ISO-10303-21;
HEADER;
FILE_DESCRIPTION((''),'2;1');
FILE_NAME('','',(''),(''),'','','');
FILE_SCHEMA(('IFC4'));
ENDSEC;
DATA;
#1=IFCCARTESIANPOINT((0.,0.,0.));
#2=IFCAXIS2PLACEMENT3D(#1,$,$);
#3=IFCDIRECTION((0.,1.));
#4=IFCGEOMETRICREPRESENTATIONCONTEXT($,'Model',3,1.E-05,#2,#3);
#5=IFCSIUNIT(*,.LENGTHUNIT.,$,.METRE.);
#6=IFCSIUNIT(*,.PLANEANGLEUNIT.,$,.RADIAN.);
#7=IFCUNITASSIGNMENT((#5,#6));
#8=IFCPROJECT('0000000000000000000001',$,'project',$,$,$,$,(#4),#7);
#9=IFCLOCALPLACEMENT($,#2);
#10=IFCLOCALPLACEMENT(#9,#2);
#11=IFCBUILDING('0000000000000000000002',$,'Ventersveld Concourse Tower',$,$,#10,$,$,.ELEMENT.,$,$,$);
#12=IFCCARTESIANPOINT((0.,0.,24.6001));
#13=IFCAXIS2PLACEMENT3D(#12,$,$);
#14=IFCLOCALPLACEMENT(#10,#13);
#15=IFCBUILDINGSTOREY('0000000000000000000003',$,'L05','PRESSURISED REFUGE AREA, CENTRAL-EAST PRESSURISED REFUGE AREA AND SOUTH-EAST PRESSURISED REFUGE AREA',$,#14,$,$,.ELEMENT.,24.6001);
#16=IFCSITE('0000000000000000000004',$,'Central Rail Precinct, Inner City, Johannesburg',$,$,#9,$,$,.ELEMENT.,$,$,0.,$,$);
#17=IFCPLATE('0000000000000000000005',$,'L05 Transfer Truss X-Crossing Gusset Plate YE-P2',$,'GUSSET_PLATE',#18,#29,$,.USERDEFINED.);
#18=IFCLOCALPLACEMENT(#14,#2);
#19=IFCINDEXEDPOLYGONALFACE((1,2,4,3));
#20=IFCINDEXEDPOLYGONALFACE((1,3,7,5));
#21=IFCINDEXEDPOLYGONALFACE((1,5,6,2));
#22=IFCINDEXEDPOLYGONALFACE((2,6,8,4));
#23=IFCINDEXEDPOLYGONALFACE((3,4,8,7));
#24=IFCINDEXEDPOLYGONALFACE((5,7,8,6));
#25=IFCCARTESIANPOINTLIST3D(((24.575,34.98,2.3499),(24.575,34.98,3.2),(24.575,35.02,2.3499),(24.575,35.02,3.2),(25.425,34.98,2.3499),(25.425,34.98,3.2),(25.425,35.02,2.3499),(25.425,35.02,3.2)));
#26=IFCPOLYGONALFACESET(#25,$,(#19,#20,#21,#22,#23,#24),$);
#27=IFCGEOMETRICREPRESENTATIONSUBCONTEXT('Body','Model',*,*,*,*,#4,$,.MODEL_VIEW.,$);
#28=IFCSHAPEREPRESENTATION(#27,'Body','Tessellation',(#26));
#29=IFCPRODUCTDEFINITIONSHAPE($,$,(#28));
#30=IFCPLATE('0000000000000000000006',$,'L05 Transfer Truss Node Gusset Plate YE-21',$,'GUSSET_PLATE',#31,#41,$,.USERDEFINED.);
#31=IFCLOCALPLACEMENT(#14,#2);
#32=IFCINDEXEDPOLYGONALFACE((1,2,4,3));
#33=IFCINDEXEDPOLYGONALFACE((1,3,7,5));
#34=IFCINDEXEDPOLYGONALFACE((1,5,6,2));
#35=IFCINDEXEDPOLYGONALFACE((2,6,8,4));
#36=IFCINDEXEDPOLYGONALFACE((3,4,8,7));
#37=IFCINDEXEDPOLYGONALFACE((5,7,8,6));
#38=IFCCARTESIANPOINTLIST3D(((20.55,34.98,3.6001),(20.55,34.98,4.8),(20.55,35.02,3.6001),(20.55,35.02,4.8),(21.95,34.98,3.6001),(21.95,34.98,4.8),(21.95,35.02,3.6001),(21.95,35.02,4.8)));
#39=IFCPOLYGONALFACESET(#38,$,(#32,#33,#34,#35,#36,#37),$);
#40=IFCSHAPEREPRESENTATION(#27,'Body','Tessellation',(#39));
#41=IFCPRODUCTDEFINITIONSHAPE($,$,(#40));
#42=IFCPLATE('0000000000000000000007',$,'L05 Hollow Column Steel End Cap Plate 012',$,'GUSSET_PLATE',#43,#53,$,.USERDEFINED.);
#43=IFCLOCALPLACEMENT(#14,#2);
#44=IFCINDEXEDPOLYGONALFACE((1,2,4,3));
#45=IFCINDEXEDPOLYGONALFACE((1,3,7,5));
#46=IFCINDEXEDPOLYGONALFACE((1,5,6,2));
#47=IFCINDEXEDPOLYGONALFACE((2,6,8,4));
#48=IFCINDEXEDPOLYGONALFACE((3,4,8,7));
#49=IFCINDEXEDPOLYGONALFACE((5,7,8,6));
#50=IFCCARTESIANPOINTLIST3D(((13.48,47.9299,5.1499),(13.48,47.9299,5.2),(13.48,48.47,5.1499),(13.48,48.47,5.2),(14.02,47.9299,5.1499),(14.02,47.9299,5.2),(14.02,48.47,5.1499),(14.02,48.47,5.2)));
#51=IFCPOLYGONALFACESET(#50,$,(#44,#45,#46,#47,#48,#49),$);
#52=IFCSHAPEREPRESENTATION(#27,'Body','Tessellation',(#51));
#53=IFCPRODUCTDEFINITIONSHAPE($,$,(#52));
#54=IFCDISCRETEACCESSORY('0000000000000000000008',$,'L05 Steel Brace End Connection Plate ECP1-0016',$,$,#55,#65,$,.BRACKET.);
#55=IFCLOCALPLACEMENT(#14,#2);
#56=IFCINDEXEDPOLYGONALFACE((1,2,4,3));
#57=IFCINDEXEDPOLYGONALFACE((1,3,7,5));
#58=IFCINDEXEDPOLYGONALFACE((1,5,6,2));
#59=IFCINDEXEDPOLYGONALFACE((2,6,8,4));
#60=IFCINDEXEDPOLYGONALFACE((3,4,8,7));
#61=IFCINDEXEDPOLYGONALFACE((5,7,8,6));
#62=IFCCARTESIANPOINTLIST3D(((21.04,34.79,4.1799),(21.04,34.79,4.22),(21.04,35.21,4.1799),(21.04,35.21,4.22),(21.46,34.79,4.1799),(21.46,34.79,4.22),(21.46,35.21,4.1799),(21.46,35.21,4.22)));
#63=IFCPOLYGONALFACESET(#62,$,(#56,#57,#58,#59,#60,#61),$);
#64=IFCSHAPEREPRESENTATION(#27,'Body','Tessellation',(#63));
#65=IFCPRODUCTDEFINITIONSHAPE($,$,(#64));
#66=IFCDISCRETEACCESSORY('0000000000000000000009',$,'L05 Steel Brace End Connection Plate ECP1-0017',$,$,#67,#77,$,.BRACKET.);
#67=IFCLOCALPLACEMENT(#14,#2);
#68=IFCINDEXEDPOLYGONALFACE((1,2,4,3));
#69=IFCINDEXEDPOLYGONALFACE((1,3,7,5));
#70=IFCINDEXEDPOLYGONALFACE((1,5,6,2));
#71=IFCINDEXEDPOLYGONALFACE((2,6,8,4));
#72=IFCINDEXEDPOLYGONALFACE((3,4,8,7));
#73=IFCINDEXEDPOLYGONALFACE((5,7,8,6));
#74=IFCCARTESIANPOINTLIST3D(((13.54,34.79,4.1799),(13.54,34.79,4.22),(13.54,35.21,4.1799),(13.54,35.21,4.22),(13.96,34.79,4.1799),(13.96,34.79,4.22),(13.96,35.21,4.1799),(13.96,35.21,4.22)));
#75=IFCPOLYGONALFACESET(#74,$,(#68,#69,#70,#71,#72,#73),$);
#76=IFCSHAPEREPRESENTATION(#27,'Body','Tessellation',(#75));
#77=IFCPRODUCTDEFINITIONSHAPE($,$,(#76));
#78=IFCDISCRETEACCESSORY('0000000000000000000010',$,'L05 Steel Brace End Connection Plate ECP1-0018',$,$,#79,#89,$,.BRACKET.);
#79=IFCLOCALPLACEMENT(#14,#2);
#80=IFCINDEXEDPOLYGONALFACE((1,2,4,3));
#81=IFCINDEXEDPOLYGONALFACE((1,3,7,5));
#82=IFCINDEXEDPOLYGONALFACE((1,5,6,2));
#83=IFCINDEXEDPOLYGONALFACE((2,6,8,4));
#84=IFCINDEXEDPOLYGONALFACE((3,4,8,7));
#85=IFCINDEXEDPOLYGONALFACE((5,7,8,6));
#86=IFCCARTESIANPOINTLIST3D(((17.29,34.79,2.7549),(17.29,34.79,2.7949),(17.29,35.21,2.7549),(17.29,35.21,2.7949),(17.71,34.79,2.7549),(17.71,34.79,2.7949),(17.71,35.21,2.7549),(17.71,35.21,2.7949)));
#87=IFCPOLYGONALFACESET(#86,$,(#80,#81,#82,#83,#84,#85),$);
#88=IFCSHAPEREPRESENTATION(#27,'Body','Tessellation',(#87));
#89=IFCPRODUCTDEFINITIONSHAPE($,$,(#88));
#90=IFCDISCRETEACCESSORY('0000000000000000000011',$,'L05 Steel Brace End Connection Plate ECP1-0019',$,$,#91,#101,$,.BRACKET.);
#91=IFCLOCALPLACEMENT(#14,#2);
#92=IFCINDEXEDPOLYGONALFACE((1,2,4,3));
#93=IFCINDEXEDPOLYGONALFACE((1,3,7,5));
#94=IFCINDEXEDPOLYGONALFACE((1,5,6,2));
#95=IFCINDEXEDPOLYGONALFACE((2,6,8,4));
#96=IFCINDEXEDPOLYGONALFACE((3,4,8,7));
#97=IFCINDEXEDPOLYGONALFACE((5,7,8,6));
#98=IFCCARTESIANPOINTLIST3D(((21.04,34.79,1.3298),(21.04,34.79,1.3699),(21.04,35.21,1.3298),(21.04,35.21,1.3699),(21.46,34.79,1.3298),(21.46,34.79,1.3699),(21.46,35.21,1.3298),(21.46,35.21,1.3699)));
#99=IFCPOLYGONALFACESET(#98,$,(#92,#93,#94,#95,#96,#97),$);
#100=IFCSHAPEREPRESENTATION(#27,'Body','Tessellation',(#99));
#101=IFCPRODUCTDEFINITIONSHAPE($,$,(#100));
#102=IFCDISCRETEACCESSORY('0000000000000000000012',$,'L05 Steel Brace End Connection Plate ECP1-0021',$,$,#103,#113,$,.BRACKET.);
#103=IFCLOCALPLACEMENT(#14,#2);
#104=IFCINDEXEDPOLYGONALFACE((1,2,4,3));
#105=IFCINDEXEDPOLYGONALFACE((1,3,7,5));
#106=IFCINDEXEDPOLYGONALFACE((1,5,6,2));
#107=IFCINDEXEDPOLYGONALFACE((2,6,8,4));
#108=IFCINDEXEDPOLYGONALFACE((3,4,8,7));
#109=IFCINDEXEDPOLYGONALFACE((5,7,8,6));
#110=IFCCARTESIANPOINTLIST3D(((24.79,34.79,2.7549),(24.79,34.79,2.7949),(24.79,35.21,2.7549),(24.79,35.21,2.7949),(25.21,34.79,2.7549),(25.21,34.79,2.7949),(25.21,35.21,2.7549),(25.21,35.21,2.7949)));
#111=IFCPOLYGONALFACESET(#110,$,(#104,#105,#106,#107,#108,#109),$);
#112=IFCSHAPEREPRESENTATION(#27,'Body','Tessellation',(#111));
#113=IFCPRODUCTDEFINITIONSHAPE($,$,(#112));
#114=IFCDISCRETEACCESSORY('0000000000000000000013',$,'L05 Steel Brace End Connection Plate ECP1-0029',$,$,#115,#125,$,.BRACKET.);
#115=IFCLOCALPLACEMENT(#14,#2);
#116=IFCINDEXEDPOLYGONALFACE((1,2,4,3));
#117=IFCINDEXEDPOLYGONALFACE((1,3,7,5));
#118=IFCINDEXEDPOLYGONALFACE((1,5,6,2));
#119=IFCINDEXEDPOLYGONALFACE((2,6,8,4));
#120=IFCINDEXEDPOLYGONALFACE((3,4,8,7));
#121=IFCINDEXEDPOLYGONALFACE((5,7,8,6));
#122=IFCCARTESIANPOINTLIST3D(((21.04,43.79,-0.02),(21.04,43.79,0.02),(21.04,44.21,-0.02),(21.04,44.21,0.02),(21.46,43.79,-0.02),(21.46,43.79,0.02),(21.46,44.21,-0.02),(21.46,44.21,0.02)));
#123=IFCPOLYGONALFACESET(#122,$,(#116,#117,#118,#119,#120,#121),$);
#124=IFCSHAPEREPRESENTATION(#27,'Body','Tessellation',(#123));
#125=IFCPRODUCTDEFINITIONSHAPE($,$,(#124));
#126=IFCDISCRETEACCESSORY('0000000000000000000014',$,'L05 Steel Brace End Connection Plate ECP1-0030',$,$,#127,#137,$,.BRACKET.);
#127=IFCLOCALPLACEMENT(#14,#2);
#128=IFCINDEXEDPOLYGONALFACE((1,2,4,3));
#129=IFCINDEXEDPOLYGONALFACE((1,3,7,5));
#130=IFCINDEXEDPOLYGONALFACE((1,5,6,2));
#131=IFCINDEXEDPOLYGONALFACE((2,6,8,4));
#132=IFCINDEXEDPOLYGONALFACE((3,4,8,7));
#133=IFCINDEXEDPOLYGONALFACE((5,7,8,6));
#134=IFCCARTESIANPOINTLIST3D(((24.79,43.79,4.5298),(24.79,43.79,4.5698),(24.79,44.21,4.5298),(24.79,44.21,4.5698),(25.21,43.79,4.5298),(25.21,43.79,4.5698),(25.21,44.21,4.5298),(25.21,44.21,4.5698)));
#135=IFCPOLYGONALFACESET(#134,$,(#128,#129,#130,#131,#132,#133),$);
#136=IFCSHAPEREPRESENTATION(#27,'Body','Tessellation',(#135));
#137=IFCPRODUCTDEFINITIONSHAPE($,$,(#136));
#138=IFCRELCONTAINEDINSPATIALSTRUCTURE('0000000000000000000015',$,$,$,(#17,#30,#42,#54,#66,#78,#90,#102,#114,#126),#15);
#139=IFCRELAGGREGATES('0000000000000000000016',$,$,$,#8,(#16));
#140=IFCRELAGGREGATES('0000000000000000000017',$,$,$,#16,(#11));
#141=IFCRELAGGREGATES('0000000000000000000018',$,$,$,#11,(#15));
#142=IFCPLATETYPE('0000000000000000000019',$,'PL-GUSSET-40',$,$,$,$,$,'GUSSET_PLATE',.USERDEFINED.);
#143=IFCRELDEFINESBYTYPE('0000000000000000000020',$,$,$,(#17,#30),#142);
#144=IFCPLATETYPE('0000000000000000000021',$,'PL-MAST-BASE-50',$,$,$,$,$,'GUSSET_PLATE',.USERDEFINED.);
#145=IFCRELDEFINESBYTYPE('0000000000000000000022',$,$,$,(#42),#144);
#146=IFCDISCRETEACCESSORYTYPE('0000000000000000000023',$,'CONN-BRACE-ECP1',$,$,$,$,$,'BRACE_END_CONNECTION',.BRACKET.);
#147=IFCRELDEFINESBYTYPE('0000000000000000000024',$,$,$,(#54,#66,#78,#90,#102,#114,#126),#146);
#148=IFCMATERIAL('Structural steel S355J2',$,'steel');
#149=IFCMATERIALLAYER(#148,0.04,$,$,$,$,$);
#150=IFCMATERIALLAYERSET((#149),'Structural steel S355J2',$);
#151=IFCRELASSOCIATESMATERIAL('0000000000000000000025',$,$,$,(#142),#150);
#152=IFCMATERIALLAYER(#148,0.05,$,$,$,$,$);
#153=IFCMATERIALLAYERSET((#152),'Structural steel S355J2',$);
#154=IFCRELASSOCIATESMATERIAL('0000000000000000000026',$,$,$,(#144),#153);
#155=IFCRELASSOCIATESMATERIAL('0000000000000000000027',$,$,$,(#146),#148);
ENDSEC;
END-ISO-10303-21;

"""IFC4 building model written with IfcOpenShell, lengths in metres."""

from ifc_helpers import new_model, si_unit, direction, frame, origin, origin_2d, place, context, subcontext, project, spatial, rectangle, extrude, material, layer, layer_set, type_object, element, save


model = new_model("IFC4")

# Units and contexts
model_context = context("Model", 3, precision=1e-05, world=origin(), true_north=direction((0.0, 1.0)))
body_context = subcontext(model_context, "Body", "Model", "MODEL_VIEW")
ifc_project = project(units=[si_unit("LENGTHUNIT", "METRE"), si_unit("PLANEANGLEUNIT", "RADIAN")], contexts=[model_context])

# Site, building, storey
site_placement = place(None, origin())
site = spatial("IfcSite", under=ifc_project, at=site_placement, Name="Central Rail Precinct, Inner City, Johannesburg", CompositionType="ELEMENT", RefElevation=0.0)
building_placement = place(site_placement, origin())
building = spatial("IfcBuilding", under=site, at=building_placement, Name="Ventersveld Concourse Tower", CompositionType="ELEMENT")
storey_placement = place(building_placement, frame((0.0, 0.0, 24.6001)))
storey = spatial("IfcBuildingStorey", under=building, at=storey_placement, Name="L05", Description="PRESSURISED REFUGE AREA, CENTRAL-EAST PRESSURISED REFUGE AREA AND SOUTH-EAST PRESSURISED REFUGE AREA", CompositionType="ELEMENT", Elevation=24.6001)

# Shared definitions
ifc_material_1 = material(Name="Structural steel S355J2", Category="steel")

# Plates
ifc_layer_1 = layer(ifc_material_1, 0.04)
ifc_layer_set_1 = layer_set([ifc_layer_1], Name="Structural steel S355J2")
plate_type_1 = type_object("IfcPlateType", Name="PL-GUSSET-40", ElementType="GUSSET_PLATE", PredefinedType="USERDEFINED", material=ifc_layer_set_1)
for number, where, z_axis, x_axis, name in (
    (1, (25.0, 35.0, 2.3499), (0.0, 0.0, 1.0), (1.0, 0.0, 0.0), "L05 Transfer Truss X-Crossing Gusset Plate YE-P2"),
):
    element("IfcPlate", number, at=place(storey_placement, frame(where, z_axis=z_axis, x_axis=x_axis)), inside=storey, type_object=plate_type_1, Name=name, ObjectType="GUSSET_PLATE", PredefinedType="USERDEFINED", context=body_context, shape_type="SweptSolid", body=[
        extrude(rectangle(XDim=0.8501, YDim=0.04, at=origin_2d()), origin(), (0.0, 0.0, 1.0), 0.8501),
    ])
plate_1_placement = place(storey_placement, frame((21.25, 35.0, 3.6001), z_axis=(0.0, 0.0, 1.0), x_axis=(1.0, 0.0, 0.0)))
element("IfcPlate", 2, at=plate_1_placement, inside=storey, type_object=plate_type_1, Name="L05 Transfer Truss Node Gusset Plate YE-21", ObjectType="GUSSET_PLATE", PredefinedType="USERDEFINED", context=body_context, shape_type="SweptSolid", body=[
    extrude(rectangle(XDim=1.3999, YDim=0.04, at=origin_2d()), origin(), (0.0, 0.0, 1.0), 1.2),
])
ifc_layer_2 = layer(ifc_material_1, 0.05)
ifc_layer_set_2 = layer_set([ifc_layer_2], Name="Structural steel S355J2")
plate_type_2 = type_object("IfcPlateType", Name="PL-MAST-BASE-50", ElementType="GUSSET_PLATE", PredefinedType="USERDEFINED", material=ifc_layer_set_2)
plate_2_placement = place(storey_placement, frame((13.75, 48.2, 5.1499), z_axis=(0.0, 0.0, 1.0), x_axis=(1.0, 0.0, 0.0)))
element("IfcPlate", 3, at=plate_2_placement, inside=storey, type_object=plate_type_2, Name="L05 Hollow Column Steel End Cap Plate 012", ObjectType="GUSSET_PLATE", PredefinedType="USERDEFINED", context=body_context, shape_type="SweptSolid", body=[
    extrude(rectangle(XDim=0.54, YDim=0.54, at=origin_2d()), origin(), (0.0, 0.0, 1.0), 0.05),
])

# Discrete accessories
discrete_accessory_type = type_object("IfcDiscreteAccessoryType", Name="CONN-BRACE-ECP1", ElementType="BRACE_END_CONNECTION", PredefinedType="BRACKET", material=ifc_material_1)
for number, where, z_axis, x_axis, name in (
    (4, (21.25, 35.0, 4.1799), (0.0, 0.0, 1.0), (1.0, 0.0, 0.0), "L05 Steel Brace End Connection Plate ECP1-0016"),
    (5, (13.75, 35.0, 4.1799), (0.0, 0.0, 1.0), (1.0, 0.0, 0.0), "L05 Steel Brace End Connection Plate ECP1-0017"),
    (6, (17.5, 35.0, 2.7549), (0.0, 0.0, 1.0), (1.0, 0.0, 0.0), "L05 Steel Brace End Connection Plate ECP1-0018"),
    (7, (21.25, 35.0, 1.3298), (0.0, 0.0, 1.0), (1.0, 0.0, 0.0), "L05 Steel Brace End Connection Plate ECP1-0019"),
    (8, (25.0, 35.0, 2.7549), (0.0, 0.0, 1.0), (1.0, 0.0, 0.0), "L05 Steel Brace End Connection Plate ECP1-0021"),
    (9, (21.25, 44.0, -0.02), (0.0, 0.0, 1.0), (1.0, 0.0, 0.0), "L05 Steel Brace End Connection Plate ECP1-0029"),
    (10, (25.0, 44.0, 4.5298), (0.0, 0.0, 1.0), (1.0, 0.0, 0.0), "L05 Steel Brace End Connection Plate ECP1-0030"),
):
    element("IfcDiscreteAccessory", number, at=place(storey_placement, frame(where, z_axis=z_axis, x_axis=x_axis)), inside=storey, type_object=discrete_accessory_type, Name=name, PredefinedType="BRACKET", context=body_context, shape_type="SweptSolid", body=[
        extrude(rectangle(XDim=0.4199, YDim=0.4199, at=origin_2d()), origin(), (0.0, 0.0, 1.0), 0.04),
    ])

save(model, "model.ifc")
